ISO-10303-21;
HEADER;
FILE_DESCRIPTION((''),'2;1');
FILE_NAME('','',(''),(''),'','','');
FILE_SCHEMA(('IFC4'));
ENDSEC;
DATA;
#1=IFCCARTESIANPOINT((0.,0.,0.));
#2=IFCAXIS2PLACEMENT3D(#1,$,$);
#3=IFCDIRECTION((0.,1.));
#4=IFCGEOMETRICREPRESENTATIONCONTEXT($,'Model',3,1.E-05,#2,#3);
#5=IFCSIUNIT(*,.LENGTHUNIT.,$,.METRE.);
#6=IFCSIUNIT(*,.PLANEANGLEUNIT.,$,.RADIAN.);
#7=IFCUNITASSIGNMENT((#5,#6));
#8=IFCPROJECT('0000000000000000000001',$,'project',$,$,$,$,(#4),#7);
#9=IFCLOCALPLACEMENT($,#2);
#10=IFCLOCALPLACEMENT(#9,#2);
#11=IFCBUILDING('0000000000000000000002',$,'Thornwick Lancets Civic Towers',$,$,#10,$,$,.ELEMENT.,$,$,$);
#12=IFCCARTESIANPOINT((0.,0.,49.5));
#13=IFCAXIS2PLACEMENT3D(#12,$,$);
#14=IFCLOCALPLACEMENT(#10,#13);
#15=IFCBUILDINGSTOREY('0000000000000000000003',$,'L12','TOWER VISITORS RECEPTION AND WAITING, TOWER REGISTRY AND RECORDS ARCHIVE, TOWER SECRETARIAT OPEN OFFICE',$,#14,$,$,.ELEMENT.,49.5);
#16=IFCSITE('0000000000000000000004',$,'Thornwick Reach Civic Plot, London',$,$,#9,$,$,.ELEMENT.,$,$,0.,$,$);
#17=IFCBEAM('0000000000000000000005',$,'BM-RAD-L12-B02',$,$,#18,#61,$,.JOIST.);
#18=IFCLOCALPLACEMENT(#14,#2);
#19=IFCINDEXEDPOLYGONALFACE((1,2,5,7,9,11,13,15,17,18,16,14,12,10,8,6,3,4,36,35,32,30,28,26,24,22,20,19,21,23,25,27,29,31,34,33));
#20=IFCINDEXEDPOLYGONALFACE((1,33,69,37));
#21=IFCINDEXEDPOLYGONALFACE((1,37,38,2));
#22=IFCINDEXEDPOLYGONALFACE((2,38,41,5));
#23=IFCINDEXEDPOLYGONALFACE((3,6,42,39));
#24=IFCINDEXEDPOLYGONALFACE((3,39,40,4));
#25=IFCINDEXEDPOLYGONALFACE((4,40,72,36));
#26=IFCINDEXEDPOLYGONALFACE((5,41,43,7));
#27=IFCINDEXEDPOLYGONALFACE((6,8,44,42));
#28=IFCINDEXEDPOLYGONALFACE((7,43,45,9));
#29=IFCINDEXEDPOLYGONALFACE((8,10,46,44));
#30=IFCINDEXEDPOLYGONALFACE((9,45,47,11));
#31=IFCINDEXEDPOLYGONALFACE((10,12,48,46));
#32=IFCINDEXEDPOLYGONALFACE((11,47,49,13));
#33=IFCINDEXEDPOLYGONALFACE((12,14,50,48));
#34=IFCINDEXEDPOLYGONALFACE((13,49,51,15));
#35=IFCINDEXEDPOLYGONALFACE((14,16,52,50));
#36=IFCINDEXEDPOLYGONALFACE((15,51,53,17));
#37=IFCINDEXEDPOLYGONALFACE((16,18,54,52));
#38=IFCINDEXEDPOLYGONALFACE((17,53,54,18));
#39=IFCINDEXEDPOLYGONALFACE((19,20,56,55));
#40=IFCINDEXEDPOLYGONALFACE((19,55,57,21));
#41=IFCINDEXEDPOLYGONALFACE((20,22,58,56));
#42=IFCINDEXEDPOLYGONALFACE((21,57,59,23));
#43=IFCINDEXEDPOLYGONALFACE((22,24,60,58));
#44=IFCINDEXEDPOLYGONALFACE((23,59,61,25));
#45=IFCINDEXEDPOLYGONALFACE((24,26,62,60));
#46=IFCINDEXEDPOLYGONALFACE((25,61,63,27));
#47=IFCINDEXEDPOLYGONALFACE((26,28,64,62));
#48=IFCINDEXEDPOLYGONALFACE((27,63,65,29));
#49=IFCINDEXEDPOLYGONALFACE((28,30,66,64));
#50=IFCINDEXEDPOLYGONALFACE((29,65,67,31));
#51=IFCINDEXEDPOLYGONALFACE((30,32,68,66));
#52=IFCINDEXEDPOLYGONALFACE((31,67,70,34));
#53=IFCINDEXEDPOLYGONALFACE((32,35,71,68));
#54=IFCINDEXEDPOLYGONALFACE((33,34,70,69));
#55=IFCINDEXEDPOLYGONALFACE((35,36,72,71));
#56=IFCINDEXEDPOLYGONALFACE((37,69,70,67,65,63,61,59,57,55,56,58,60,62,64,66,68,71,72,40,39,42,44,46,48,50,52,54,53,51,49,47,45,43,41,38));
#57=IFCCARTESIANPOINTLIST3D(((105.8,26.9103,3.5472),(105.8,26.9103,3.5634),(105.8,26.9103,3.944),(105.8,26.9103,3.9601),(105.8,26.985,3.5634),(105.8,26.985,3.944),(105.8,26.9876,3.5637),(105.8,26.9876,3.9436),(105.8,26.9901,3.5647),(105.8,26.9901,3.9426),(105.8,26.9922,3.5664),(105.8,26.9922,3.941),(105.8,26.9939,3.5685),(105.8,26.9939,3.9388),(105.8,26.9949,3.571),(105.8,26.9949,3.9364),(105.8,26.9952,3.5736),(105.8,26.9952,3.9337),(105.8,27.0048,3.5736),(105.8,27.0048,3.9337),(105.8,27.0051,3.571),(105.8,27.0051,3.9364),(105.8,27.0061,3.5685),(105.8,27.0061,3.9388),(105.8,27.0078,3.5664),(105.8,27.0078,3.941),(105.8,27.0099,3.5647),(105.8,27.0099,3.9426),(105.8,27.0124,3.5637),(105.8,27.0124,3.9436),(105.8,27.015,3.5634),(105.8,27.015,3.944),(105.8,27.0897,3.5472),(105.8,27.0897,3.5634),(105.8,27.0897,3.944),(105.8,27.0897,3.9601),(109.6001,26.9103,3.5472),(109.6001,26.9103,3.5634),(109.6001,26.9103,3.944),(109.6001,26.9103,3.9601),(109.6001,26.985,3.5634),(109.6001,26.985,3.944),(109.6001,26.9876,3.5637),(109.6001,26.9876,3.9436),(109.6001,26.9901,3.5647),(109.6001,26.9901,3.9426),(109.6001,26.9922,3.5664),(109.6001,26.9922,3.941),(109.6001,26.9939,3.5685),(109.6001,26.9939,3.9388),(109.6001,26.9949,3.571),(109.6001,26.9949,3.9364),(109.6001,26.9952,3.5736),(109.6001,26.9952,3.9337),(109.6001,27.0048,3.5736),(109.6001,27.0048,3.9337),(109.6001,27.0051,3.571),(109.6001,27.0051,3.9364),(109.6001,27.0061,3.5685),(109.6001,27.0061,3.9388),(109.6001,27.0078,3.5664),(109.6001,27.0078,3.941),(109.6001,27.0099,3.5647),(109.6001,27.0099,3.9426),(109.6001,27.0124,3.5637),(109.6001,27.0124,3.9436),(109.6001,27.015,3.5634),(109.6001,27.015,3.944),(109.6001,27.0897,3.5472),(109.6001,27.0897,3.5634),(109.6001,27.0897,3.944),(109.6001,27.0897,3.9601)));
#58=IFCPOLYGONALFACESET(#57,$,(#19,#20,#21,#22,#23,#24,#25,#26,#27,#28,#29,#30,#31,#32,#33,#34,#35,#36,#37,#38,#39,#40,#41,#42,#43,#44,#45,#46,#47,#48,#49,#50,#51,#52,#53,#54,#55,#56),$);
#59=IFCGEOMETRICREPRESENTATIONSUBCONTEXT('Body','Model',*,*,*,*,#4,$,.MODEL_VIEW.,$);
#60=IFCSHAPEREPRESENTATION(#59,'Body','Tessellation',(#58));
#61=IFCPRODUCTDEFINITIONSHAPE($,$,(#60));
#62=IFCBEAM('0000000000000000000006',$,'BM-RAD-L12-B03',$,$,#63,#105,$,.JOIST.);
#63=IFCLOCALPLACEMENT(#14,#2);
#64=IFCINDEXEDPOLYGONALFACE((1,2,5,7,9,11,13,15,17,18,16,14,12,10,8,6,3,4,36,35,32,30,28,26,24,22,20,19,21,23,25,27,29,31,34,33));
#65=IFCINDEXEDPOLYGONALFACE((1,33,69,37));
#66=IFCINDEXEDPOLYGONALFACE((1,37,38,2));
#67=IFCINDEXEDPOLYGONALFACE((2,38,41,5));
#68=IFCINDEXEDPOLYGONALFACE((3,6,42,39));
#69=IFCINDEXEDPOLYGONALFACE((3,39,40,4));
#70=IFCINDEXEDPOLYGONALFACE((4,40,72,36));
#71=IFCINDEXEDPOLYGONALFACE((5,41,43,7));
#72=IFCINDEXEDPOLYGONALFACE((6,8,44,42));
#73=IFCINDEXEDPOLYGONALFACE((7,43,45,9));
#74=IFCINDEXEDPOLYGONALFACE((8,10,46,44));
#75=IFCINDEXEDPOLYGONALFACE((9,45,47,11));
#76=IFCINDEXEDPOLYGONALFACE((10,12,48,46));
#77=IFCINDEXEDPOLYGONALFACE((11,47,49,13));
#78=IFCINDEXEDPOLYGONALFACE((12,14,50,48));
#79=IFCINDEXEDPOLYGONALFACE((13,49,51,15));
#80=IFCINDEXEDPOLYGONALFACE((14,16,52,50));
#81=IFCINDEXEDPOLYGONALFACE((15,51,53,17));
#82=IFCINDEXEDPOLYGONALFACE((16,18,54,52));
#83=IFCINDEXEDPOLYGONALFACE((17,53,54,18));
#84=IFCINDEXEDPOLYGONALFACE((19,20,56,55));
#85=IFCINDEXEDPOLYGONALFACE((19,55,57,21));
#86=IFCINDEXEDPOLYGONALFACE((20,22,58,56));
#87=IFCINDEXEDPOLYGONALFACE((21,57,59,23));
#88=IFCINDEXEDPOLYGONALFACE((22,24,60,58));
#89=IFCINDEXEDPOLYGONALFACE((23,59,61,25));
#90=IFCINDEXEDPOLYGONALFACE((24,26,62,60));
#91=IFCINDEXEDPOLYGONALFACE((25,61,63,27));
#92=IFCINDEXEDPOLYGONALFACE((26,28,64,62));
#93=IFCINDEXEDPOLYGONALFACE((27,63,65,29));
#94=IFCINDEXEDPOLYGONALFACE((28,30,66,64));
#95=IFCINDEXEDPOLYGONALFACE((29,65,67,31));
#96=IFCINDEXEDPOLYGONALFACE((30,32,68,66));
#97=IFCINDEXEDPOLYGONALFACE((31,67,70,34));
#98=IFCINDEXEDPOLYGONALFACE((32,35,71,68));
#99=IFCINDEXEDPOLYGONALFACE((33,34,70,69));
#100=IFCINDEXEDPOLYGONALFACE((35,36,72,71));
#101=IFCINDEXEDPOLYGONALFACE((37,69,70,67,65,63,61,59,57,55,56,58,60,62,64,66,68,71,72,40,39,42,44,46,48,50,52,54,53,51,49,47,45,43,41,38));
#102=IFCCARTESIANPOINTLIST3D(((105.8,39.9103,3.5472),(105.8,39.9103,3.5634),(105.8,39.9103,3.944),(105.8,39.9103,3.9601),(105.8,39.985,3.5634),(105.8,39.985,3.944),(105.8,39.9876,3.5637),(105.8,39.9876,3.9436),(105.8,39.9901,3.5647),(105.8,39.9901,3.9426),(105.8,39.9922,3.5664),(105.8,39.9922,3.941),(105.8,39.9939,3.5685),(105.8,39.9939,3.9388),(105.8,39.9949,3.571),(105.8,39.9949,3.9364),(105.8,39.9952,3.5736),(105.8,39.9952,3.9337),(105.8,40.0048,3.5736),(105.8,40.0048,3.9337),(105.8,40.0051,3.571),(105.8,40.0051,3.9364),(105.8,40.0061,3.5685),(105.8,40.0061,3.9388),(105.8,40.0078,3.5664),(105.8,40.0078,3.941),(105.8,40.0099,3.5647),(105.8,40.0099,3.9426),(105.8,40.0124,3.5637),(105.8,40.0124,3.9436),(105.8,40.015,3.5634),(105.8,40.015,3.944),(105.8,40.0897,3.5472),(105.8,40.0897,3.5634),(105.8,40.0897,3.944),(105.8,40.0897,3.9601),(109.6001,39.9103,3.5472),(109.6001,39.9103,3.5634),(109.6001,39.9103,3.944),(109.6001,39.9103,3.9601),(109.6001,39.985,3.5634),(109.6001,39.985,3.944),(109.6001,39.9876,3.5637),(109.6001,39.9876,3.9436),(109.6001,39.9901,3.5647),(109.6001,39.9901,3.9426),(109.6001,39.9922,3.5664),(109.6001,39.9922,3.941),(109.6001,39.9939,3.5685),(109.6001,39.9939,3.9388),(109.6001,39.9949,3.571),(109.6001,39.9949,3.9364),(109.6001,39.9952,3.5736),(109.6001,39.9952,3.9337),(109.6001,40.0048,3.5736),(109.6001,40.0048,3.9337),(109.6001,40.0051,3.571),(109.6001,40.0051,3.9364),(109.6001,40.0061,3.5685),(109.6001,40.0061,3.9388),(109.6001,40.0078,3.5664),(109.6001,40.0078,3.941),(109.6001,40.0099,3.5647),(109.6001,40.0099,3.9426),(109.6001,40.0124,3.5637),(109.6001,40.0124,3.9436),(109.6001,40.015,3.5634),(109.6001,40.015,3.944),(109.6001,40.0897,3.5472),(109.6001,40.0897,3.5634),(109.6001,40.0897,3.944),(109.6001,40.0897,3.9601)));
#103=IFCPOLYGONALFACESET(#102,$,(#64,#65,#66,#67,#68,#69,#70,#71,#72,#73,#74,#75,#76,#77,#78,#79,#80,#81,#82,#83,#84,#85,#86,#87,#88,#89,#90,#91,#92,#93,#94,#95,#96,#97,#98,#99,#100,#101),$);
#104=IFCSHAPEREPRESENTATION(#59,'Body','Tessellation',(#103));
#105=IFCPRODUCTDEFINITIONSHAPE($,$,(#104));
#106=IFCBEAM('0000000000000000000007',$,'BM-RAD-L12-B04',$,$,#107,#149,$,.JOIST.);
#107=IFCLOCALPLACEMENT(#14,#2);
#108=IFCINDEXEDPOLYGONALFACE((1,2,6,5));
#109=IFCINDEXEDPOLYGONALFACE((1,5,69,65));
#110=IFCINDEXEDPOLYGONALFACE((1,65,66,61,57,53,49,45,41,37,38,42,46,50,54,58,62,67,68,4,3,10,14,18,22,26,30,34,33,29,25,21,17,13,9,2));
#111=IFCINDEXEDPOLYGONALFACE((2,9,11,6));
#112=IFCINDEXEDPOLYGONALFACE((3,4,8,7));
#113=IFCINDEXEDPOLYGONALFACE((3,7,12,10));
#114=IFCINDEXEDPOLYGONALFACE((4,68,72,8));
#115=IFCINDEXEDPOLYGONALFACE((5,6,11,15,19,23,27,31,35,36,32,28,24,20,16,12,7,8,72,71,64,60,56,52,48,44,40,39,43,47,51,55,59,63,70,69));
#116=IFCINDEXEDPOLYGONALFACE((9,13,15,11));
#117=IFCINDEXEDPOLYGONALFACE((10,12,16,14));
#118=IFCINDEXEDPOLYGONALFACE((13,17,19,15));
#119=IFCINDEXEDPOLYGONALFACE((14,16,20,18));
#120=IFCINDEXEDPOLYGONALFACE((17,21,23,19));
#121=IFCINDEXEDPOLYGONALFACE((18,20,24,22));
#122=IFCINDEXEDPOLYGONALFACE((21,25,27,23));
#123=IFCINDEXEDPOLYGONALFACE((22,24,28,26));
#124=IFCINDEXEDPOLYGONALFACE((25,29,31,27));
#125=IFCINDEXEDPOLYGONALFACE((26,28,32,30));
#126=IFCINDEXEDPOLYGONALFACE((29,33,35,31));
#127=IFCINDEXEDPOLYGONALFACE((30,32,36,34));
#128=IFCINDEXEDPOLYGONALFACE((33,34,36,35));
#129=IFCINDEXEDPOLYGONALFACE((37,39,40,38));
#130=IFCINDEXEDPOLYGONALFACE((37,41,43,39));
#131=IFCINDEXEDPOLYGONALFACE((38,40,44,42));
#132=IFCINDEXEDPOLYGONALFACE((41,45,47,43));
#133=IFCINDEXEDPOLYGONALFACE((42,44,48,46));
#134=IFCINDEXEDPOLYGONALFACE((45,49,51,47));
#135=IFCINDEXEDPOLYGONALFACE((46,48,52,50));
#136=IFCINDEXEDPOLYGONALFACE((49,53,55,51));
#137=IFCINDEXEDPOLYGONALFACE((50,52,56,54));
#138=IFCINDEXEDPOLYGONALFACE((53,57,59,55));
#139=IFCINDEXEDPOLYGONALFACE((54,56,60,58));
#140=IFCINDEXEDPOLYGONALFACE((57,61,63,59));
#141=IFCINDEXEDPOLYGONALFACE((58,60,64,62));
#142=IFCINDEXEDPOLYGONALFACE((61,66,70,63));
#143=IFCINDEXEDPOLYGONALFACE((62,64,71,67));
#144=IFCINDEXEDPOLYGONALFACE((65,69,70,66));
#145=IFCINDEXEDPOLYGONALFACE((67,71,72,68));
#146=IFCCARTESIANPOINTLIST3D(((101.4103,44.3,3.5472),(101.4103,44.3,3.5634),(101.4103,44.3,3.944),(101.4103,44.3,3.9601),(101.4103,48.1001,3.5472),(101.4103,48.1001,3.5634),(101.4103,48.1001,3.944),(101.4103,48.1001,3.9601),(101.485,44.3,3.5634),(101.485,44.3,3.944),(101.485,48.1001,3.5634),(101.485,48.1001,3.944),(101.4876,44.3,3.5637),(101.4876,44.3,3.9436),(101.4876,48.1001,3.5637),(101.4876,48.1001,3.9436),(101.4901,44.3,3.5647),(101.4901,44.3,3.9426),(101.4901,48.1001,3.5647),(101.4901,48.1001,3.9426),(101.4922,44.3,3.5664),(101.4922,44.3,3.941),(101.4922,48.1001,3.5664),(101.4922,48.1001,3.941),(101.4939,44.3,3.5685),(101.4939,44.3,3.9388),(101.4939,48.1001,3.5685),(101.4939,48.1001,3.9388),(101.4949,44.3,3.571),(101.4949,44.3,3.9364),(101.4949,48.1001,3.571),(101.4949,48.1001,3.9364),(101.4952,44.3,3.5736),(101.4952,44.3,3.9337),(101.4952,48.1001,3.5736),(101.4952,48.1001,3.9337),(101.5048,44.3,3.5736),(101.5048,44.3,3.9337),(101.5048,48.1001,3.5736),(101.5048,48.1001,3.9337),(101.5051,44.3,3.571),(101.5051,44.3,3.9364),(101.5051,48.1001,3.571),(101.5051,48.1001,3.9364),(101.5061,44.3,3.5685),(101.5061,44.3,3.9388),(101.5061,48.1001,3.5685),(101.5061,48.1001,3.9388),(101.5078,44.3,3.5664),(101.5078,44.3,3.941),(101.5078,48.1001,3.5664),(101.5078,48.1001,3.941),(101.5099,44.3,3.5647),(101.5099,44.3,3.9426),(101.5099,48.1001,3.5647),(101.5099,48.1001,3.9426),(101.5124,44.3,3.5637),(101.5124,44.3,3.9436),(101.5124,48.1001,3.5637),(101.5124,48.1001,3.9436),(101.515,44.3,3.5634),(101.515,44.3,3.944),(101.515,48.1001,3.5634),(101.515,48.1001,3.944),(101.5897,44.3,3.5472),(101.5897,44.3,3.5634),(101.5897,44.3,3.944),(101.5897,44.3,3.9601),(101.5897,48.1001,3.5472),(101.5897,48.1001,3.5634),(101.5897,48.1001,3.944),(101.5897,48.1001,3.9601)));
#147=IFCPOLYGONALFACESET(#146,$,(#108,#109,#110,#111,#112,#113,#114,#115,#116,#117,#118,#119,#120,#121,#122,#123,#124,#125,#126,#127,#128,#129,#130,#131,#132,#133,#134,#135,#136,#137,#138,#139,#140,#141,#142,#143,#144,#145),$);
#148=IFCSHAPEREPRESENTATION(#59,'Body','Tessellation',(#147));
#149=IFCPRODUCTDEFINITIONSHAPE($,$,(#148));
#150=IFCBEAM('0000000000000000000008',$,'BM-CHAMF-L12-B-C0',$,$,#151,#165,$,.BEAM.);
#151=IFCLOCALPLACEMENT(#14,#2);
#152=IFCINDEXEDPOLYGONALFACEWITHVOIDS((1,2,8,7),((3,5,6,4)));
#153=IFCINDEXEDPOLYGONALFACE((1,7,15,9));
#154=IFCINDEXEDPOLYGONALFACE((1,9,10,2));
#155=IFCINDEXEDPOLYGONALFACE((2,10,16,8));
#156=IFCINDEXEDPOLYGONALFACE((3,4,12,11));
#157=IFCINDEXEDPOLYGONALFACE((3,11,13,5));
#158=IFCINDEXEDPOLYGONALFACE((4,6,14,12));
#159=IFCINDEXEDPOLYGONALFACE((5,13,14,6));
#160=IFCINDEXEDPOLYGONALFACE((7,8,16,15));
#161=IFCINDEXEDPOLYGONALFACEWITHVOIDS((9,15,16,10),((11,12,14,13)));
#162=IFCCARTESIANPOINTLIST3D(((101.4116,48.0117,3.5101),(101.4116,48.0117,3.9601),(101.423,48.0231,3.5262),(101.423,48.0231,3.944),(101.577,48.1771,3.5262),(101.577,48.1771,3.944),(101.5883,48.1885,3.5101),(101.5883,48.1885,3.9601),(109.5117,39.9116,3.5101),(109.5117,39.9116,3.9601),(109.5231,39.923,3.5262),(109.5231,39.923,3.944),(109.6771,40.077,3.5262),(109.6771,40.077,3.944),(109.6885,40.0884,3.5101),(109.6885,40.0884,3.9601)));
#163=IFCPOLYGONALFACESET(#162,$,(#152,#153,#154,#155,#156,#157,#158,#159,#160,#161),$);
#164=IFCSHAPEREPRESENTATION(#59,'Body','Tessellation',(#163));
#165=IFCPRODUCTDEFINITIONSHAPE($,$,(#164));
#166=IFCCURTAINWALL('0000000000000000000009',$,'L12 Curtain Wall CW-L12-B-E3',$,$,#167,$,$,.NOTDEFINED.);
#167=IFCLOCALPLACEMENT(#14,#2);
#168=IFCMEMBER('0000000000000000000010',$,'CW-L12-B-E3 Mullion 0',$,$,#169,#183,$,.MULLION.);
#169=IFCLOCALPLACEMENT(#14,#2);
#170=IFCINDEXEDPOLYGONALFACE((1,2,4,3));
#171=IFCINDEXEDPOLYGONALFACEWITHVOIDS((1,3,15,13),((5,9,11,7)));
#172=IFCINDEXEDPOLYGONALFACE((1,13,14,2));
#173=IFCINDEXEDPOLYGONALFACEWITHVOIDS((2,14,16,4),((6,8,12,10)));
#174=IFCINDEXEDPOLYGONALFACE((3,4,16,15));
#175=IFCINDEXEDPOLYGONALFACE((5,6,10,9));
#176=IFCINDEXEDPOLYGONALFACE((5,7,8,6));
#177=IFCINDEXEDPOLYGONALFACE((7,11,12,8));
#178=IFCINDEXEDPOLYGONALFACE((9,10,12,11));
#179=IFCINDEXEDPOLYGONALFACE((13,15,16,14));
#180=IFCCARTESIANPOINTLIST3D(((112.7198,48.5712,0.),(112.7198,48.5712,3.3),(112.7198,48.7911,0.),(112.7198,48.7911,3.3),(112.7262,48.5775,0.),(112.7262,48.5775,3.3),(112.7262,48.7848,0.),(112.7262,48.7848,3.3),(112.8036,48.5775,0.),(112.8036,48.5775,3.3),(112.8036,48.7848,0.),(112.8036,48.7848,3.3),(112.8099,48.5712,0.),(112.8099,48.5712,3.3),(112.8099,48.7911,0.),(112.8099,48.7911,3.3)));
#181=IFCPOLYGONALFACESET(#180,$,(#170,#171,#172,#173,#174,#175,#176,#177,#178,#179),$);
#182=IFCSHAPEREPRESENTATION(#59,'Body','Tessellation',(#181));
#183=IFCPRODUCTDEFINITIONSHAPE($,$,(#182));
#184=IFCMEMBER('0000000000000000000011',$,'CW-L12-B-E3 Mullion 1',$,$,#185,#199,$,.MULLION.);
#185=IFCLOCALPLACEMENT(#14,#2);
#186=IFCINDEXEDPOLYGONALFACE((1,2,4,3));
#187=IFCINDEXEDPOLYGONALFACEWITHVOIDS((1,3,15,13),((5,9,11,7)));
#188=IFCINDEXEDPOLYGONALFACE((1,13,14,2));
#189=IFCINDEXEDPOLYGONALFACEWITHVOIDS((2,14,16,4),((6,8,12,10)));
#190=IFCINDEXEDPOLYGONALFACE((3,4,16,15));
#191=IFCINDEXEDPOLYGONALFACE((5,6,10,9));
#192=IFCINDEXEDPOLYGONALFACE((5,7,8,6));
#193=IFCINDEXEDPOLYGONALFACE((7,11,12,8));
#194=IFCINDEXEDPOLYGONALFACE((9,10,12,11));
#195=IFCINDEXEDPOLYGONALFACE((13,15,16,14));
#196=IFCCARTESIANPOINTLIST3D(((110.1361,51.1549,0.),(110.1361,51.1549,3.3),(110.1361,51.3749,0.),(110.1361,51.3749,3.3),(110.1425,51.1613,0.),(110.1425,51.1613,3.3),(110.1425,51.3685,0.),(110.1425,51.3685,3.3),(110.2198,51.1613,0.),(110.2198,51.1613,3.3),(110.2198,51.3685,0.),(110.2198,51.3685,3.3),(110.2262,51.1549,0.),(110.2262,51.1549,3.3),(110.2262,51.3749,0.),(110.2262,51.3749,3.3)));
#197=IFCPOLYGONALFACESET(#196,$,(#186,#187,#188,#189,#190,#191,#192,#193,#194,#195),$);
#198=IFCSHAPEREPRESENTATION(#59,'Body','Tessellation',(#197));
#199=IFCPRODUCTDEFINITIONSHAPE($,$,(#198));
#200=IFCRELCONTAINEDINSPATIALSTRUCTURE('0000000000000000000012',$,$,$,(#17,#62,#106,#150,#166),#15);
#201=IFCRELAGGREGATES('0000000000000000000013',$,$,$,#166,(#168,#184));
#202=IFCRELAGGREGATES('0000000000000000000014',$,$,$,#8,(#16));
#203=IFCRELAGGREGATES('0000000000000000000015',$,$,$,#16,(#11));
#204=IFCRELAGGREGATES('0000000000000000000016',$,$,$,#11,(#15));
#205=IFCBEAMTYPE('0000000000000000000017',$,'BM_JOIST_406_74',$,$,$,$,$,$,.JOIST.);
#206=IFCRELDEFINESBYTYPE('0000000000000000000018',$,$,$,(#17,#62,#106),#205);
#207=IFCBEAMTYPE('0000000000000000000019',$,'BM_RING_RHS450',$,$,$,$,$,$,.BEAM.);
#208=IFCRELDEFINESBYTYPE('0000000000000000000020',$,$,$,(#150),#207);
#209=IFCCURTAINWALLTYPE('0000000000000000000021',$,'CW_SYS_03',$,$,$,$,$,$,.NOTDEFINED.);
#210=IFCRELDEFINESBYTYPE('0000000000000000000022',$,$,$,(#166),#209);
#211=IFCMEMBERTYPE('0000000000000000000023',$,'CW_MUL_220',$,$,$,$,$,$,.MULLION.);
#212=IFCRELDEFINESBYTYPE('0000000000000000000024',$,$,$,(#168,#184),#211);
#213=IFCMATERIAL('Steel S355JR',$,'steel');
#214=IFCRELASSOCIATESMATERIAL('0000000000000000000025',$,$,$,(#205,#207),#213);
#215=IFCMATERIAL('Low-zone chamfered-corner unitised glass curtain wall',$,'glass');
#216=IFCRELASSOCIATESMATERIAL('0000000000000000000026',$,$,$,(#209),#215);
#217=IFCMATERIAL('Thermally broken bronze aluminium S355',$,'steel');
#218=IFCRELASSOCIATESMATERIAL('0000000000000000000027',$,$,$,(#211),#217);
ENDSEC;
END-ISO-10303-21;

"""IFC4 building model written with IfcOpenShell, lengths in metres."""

from ifc_helpers import new_model, si_unit, direction, frame, origin, origin_2d, place, context, subcontext, project, spatial, hollow_rectangle, i_section, extrude, material, material_profile, profile_set, type_object, element, aggregate, save


model = new_model("IFC4")

# Units and contexts
model_context = context("Model", 3, precision=1e-05, world=origin(), true_north=direction((0.0, 1.0)))
body_context = subcontext(model_context, "Body", "Model", "MODEL_VIEW")
ifc_project = project(units=[si_unit("LENGTHUNIT", "METRE"), si_unit("PLANEANGLEUNIT", "RADIAN")], contexts=[model_context])

# Site, building, storey
site_placement = place(None, origin())
site = spatial("IfcSite", under=ifc_project, at=site_placement, Name="Thornwick Reach Civic Plot, London", CompositionType="ELEMENT", RefElevation=0.0)
building_placement = place(site_placement, origin())
building = spatial("IfcBuilding", under=site, at=building_placement, Name="Thornwick Lancets Civic Towers", CompositionType="ELEMENT")
storey_placement = place(building_placement, frame((0.0, 0.0, 49.5)))
storey = spatial("IfcBuildingStorey", under=building, at=storey_placement, Name="L12", Description="TOWER VISITORS RECEPTION AND WAITING, TOWER REGISTRY AND RECORDS ARCHIVE, TOWER SECRETARIAT OPEN OFFICE", CompositionType="ELEMENT", Elevation=49.5)

# Beams
ifc_material_1 = material(Name="Steel S355JR", Category="steel")
ifc_material_profile_1 = material_profile(ifc_material_1, i_section(OverallWidth=0.1794, OverallDepth=0.4128, WebThickness=0.0095, FlangeThickness=0.0161, FilletRadius=0.0103, at=origin_2d()), Name="UKB 406x178x74")
ifc_profile_set_1 = profile_set([ifc_material_profile_1], Name="Steel S355JR")
beam_type_1 = type_object("IfcBeamType", Name="BM_JOIST_406_74", PredefinedType="JOIST", material=ifc_profile_set_1)
for number, where, z_axis, x_axis, name in (
    (1, (105.8, 27.0, 3.7537), (1.0, 0.0, 0.0), (0.0, 1.0, 0.0), "BM-RAD-L12-B02"),
    (2, (105.8, 40.0, 3.7537), (1.0, 0.0, 0.0), (0.0, 1.0, 0.0), "BM-RAD-L12-B03"),
    (3, (101.5, 44.3, 3.7537), (0.0, 1.0, 0.0), (-1.0, 0.0, 0.0), "BM-RAD-L12-B04"),
):
    element("IfcBeam", number, at=place(storey_placement, frame(where, z_axis=z_axis, x_axis=x_axis)), inside=storey, type_object=beam_type_1, Name=name, PredefinedType="JOIST", context=body_context, shape_type="SweptSolid", body=[
        extrude(i_section(OverallWidth=0.1794, OverallDepth=0.4128, WebThickness=0.0095, FlangeThickness=0.0161, FilletRadius=0.0103, at=origin_2d()), origin(), (0.0, 0.0, 1.0), 3.8),
    ])
ifc_material_profile_2 = material_profile(ifc_material_1, hollow_rectangle(XDim=0.25, YDim=0.45, WallThickness=0.0161, at=origin_2d()), Name="RHS 450x250x16")
ifc_profile_set_2 = profile_set([ifc_material_profile_2], Name="Steel S355JR")
beam_type_2 = type_object("IfcBeamType", Name="BM_RING_RHS450", PredefinedType="BEAM", material=ifc_profile_set_2)
beam_1_placement = place(storey_placement, frame((109.6001, 40.0, 3.7351), z_axis=(-0.707107, 0.707107, 0.0), x_axis=(-0.707107, -0.707107, 0.0)))
element("IfcBeam", 4, at=beam_1_placement, inside=storey, type_object=beam_type_2, Name="BM-CHAMF-L12-B-C0", PredefinedType="BEAM", context=body_context, shape_type="SweptSolid", body=[
    extrude(hollow_rectangle(XDim=0.25, YDim=0.45, WallThickness=0.0161, at=origin_2d()), origin(), (0.0, 0.0, 1.0), 11.4553),
])

# Curtain wall, members
ifc_material_2 = material(Name="Low-zone chamfered-corner unitised glass curtain wall", Category="glass")
curtain_wall_type = type_object("IfcCurtainWallType", Name="CW_SYS_03", PredefinedType="NOTDEFINED", material=ifc_material_2)
curtain_wall_placement = place(storey_placement, origin())
curtain_wall = element("IfcCurtainWall", 5, at=curtain_wall_placement, inside=storey, type_object=curtain_wall_type, Name="L12 Curtain Wall CW-L12-B-E3", PredefinedType="NOTDEFINED")
ifc_material_3 = material(Name="Thermally broken bronze aluminium S355", Category="steel")
ifc_material_profile_3 = material_profile(ifc_material_3, hollow_rectangle(XDim=0.0901, YDim=0.22, WallThickness=0.0063, at=origin_2d()), Name="RHS 220x90x6.3")
ifc_profile_set_3 = profile_set([ifc_material_profile_3], Name="Thermally broken bronze aluminium S355")
member_type_1 = type_object("IfcMemberType", Name="CW_MUL_220", PredefinedType="MULLION", material=ifc_profile_set_3)
member_1_placement = place(storey_placement, frame((112.7649, 48.6812, 0.0), z_axis=(0.0, 0.0, 1.0), x_axis=(1.0, 0.0, 0.0)))
member_1 = element("IfcMember", 6, at=member_1_placement, type_object=member_type_1, Name="CW-L12-B-E3 Mullion 0", PredefinedType="MULLION", context=body_context, shape_type="SweptSolid", body=[
    extrude(hollow_rectangle(XDim=0.0901, YDim=0.22, WallThickness=0.0063, at=origin_2d()), origin(), (0.0, 0.0, 1.0), 3.3),
])
member_2_placement = place(storey_placement, frame((110.1812, 51.2649, 0.0), z_axis=(0.0, 0.0, 1.0), x_axis=(1.0, 0.0, 0.0)))
member_2 = element("IfcMember", 7, at=member_2_placement, type_object=member_type_1, Name="CW-L12-B-E3 Mullion 1", PredefinedType="MULLION", context=body_context, shape_type="SweptSolid", body=[
    extrude(hollow_rectangle(XDim=0.0901, YDim=0.22, WallThickness=0.0063, at=origin_2d()), origin(), (0.0, 0.0, 1.0), 3.3),
])
aggregate(curtain_wall, [member_1, member_2])

save(model, "model.ifc")
